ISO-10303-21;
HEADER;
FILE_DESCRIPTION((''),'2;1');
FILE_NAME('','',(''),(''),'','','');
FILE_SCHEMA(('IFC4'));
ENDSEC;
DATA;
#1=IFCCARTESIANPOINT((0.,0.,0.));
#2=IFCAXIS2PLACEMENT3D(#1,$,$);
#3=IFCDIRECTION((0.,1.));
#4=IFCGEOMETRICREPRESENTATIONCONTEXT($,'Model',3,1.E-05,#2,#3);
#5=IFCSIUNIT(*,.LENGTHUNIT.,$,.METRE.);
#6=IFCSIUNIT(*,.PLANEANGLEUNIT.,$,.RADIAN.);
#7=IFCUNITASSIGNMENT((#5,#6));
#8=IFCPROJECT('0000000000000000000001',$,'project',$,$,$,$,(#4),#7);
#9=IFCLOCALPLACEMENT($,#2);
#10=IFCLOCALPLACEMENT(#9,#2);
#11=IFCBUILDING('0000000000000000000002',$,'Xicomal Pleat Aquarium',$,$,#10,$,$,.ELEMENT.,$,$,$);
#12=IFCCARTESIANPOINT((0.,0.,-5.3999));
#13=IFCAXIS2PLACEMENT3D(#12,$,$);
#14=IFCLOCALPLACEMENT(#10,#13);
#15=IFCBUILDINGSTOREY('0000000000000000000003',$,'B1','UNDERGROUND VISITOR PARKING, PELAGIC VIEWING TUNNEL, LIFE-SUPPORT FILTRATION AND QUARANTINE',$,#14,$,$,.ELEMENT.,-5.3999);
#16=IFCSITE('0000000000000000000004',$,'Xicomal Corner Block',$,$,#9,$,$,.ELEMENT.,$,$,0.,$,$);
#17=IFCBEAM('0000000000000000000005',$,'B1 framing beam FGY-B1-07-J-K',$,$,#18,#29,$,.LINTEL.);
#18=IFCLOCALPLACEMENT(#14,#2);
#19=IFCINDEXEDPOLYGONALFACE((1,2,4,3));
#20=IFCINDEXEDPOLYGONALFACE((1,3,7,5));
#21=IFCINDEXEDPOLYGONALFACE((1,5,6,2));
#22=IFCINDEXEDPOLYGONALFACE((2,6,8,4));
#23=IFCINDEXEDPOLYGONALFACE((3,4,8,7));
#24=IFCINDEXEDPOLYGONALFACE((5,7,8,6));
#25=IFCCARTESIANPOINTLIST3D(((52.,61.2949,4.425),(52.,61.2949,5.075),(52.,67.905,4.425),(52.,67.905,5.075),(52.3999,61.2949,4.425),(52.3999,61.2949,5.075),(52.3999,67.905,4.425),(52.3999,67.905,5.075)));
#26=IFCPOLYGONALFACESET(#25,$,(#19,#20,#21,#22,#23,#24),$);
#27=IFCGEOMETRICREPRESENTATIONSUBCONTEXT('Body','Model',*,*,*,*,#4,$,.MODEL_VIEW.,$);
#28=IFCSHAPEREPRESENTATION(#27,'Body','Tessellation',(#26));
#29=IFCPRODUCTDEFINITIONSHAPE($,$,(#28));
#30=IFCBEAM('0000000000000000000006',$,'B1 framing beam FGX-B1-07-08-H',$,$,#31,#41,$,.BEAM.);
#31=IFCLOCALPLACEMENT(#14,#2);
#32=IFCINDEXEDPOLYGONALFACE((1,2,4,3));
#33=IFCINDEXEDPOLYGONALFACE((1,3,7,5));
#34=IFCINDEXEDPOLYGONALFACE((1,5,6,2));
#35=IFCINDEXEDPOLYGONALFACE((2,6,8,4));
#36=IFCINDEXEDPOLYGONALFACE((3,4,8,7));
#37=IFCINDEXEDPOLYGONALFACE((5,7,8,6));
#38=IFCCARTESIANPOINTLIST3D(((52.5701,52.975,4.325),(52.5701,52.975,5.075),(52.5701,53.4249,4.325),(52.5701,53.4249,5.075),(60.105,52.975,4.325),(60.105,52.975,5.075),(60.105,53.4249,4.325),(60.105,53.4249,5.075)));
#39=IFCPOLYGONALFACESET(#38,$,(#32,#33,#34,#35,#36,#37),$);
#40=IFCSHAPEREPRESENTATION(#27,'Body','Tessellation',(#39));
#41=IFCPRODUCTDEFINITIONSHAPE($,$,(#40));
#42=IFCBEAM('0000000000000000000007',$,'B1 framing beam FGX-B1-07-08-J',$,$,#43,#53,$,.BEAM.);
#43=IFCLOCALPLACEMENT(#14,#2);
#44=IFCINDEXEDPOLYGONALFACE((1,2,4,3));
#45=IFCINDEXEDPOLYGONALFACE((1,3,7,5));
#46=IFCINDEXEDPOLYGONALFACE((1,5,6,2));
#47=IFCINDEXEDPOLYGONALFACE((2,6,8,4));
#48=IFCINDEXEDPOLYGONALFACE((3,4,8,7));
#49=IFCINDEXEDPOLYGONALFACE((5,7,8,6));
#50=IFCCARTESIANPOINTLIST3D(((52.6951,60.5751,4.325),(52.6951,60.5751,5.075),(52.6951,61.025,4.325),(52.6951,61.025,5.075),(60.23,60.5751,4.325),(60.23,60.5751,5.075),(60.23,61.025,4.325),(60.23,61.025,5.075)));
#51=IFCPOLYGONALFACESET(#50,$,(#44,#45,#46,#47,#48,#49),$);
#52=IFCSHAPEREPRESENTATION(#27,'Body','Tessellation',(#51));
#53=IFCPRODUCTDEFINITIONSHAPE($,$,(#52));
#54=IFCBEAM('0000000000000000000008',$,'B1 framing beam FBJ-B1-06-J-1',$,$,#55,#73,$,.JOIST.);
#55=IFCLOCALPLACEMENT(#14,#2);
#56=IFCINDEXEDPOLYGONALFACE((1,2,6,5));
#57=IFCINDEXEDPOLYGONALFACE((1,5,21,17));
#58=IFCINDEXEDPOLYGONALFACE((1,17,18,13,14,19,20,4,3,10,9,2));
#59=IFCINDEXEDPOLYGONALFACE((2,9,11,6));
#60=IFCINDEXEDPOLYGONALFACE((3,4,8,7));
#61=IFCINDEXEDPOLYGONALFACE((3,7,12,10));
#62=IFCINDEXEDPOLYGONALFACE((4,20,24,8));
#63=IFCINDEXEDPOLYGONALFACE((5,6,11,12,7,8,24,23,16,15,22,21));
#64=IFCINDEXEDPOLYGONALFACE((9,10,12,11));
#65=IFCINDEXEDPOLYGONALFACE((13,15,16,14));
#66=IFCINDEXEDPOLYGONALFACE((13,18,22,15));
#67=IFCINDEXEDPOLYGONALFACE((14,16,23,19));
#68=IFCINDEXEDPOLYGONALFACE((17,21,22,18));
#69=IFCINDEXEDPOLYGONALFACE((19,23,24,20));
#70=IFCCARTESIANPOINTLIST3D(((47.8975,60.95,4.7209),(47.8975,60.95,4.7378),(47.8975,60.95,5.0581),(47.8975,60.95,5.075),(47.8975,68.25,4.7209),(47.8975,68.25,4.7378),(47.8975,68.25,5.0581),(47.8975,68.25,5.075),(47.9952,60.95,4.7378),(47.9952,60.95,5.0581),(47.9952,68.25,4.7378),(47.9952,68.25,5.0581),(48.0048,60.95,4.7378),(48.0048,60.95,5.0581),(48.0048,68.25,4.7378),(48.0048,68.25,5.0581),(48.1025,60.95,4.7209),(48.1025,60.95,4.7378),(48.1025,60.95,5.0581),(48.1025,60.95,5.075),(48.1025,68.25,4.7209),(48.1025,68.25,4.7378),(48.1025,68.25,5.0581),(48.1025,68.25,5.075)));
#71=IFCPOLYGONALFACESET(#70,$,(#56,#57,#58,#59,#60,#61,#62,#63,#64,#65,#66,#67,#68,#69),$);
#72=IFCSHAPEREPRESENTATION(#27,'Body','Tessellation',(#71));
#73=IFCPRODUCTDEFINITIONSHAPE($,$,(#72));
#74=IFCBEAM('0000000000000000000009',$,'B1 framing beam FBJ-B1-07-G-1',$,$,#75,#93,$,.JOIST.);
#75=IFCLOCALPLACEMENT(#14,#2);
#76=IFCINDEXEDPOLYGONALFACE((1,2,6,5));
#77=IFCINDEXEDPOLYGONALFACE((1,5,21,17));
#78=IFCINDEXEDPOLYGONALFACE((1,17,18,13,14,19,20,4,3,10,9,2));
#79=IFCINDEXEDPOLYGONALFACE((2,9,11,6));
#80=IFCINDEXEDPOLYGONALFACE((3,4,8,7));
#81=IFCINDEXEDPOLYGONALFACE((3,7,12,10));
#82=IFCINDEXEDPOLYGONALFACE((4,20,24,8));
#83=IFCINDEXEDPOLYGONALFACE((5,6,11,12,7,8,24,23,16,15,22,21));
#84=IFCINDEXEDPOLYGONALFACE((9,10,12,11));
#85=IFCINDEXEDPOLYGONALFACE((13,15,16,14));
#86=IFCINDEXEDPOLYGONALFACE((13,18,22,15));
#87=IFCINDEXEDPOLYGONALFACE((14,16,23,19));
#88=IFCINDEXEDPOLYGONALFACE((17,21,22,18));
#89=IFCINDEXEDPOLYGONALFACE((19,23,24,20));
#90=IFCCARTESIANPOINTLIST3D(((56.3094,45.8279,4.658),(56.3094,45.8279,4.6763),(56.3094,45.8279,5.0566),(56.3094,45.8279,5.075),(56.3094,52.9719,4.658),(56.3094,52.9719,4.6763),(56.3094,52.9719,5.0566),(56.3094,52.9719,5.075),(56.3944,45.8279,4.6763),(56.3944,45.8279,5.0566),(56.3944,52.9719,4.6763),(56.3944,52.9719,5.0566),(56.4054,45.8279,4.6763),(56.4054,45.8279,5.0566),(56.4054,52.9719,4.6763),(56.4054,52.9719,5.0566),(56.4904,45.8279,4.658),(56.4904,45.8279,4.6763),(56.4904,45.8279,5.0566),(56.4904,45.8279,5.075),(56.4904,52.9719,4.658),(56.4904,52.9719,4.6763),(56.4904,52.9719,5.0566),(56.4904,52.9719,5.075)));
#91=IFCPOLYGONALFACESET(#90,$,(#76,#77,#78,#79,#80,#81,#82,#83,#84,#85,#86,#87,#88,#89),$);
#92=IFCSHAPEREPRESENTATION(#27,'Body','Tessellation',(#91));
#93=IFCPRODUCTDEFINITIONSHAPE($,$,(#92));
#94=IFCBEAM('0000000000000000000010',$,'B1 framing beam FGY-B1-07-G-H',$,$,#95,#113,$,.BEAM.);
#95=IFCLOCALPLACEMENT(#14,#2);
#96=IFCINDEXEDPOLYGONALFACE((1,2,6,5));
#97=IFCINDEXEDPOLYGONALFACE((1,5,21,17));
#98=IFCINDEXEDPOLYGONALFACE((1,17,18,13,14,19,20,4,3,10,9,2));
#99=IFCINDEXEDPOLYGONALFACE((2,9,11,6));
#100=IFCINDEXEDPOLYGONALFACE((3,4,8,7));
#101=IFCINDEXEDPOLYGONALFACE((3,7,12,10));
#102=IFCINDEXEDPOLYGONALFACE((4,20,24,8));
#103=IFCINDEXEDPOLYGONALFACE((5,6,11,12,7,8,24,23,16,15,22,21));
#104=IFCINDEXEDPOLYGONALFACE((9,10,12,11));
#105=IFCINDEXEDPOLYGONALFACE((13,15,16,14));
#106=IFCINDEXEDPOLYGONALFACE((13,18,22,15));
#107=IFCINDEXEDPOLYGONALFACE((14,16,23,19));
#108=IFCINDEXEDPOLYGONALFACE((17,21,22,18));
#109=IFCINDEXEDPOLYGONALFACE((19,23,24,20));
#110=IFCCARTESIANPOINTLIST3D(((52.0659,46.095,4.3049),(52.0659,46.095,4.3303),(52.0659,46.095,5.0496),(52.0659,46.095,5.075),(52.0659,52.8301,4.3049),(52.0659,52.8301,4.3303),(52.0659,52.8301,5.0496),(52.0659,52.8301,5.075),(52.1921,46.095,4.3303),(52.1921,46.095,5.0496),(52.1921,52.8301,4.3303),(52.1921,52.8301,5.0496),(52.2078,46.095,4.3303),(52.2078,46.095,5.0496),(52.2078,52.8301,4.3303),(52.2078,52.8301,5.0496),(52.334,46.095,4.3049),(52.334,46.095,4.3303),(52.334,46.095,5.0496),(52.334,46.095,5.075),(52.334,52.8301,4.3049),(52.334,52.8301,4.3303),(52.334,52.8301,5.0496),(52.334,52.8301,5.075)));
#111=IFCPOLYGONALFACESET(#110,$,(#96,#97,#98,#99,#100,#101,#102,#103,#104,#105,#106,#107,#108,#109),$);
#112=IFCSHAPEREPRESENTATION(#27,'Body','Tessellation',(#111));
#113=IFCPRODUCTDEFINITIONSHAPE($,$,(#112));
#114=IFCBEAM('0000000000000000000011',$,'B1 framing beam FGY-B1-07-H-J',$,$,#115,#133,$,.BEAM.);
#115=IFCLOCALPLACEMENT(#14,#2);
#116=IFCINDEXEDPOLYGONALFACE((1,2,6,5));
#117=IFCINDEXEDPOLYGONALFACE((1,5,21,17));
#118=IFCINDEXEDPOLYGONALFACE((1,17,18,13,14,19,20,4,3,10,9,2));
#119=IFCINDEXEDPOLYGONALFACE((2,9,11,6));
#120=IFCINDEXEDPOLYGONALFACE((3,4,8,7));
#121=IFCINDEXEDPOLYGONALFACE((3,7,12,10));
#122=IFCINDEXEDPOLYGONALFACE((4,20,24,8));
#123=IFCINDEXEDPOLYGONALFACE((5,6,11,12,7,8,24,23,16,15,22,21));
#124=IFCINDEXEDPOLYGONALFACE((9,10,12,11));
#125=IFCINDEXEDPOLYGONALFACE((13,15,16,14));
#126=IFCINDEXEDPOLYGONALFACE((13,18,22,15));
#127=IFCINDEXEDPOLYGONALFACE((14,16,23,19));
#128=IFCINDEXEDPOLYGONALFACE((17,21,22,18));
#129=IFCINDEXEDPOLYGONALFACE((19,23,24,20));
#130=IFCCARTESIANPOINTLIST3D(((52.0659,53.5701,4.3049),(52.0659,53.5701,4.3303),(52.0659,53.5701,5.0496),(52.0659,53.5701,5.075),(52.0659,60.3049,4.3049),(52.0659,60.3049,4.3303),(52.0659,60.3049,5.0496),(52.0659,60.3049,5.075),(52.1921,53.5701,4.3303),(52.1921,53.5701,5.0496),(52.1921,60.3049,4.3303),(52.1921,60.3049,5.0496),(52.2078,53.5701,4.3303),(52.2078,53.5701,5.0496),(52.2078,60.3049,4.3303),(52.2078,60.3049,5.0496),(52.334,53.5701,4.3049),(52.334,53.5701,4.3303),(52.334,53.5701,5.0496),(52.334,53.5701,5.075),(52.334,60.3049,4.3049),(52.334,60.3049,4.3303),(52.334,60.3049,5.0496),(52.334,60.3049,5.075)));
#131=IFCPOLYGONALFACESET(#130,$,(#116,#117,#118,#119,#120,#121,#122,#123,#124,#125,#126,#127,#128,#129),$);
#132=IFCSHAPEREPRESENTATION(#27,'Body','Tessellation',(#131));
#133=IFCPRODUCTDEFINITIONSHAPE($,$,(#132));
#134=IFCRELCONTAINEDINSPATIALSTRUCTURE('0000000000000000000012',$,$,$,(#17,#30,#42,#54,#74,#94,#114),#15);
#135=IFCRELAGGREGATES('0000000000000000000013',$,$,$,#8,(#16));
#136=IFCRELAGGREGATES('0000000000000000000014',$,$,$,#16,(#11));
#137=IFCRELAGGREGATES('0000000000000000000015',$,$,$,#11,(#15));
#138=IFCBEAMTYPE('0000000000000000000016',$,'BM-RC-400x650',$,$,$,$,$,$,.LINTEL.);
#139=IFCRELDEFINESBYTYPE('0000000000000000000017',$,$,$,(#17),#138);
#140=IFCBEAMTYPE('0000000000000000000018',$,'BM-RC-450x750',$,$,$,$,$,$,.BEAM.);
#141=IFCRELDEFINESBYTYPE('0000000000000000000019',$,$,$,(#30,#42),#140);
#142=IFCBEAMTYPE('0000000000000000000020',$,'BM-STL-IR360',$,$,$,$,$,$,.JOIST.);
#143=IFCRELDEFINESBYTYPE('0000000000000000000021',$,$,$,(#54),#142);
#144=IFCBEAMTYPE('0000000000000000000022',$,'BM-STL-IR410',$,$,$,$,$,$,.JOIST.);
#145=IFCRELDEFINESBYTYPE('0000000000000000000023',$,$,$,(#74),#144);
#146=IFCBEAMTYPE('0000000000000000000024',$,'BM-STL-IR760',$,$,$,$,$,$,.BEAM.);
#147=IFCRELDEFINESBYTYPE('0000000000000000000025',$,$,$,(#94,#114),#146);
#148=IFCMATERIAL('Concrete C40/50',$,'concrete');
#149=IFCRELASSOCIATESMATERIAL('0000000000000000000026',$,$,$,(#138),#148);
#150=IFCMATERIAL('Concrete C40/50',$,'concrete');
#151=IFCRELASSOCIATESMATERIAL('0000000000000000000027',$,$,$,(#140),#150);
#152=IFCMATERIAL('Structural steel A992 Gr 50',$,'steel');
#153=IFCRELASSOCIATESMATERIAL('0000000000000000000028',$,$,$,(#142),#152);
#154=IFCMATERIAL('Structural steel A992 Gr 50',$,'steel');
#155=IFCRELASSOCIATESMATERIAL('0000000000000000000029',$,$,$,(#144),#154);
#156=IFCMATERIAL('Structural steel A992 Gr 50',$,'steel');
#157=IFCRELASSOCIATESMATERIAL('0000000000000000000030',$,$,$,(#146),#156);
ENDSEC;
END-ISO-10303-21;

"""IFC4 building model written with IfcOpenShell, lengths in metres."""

from ifc_helpers import new_model, si_unit, direction, frame, origin, origin_2d, place, context, subcontext, project, spatial, rectangle, i_section, extrude, material, material_profile, profile_set, type_object, element, save


model = new_model("IFC4")

# Units and contexts
model_context = context("Model", 3, precision=1e-05, world=origin(), true_north=direction((0.0, 1.0)))
body_context = subcontext(model_context, "Body", "Model", "MODEL_VIEW")
ifc_project = project(units=[si_unit("LENGTHUNIT", "METRE"), si_unit("PLANEANGLEUNIT", "RADIAN")], contexts=[model_context])

# Site, building, storey
site_placement = place(None, origin())
site = spatial("IfcSite", under=ifc_project, at=site_placement, Name="Xicomal Corner Block", CompositionType="ELEMENT", RefElevation=0.0)
building_placement = place(site_placement, origin())
building = spatial("IfcBuilding", under=site, at=building_placement, Name="Xicomal Pleat Aquarium", CompositionType="ELEMENT")
storey_placement = place(building_placement, frame((0.0, 0.0, -5.3999)))
storey = spatial("IfcBuildingStorey", under=building, at=storey_placement, Name="B1", Description="UNDERGROUND VISITOR PARKING, PELAGIC VIEWING TUNNEL, LIFE-SUPPORT FILTRATION AND QUARANTINE", CompositionType="ELEMENT", Elevation=-5.3999)

# Beams
ifc_material_1 = material(Name="Concrete C40/50", Category="concrete")
ifc_material_profile_1 = material_profile(ifc_material_1, rectangle(XDim=0.3999, YDim=0.6499, at=origin_2d()), Name="RC 400x650")
ifc_profile_set_1 = profile_set([ifc_material_profile_1], Name="Concrete C40/50")
beam_type_1 = type_object("IfcBeamType", Name="BM-RC-400x650", PredefinedType="LINTEL", material=ifc_profile_set_1)
beam_1_placement = place(storey_placement, frame((52.2, 61.2949, 4.75), z_axis=(0.0, 1.0, 0.0), x_axis=(-1.0, 0.0, 0.0)))
element("IfcBeam", 1, at=beam_1_placement, inside=storey, type_object=beam_type_1, Name="B1 framing beam FGY-B1-07-J-K", PredefinedType="LINTEL", context=body_context, shape_type="SweptSolid", body=[
    extrude(rectangle(XDim=0.3999, YDim=0.6499, at=origin_2d()), origin(), (0.0, 0.0, 1.0), 6.6101),
])
ifc_material_2 = material(Name="Concrete C40/50", Category="concrete")
ifc_material_profile_2 = material_profile(ifc_material_2, rectangle(XDim=0.45, YDim=0.75, at=origin_2d()), Name="RC 450x750")
ifc_profile_set_2 = profile_set([ifc_material_profile_2], Name="Concrete C40/50")
beam_type_2 = type_object("IfcBeamType", Name="BM-RC-450x750", PredefinedType="BEAM", material=ifc_profile_set_2)
for number, where, z_axis, x_axis, name in (
    (2, (52.5701, 53.2, 4.7), (1.0, 0.0, 0.0), (0.0, 1.0, 0.0), "B1 framing beam FGX-B1-07-08-H"),
    (3, (52.6951, 60.8, 4.7), (1.0, 0.0, 0.0), (0.0, 1.0, 0.0), "B1 framing beam FGX-B1-07-08-J"),
):
    element("IfcBeam", number, at=place(storey_placement, frame(where, z_axis=z_axis, x_axis=x_axis)), inside=storey, type_object=beam_type_2, Name=name, PredefinedType="BEAM", context=body_context, shape_type="SweptSolid", body=[
        extrude(rectangle(XDim=0.45, YDim=0.75, at=origin_2d()), origin(), (0.0, 0.0, 1.0), 7.5349),
    ])
ifc_material_3 = material(Name="Structural steel A992 Gr 50", Category="steel")
ifc_material_profile_3 = material_profile(ifc_material_3, i_section(OverallWidth=0.2051, OverallDepth=0.354, WebThickness=0.0095, FlangeThickness=0.0168, at=origin_2d()), Name="IR 360x79")
ifc_profile_set_3 = profile_set([ifc_material_profile_3], Name="Structural steel A992 Gr 50")
beam_type_3 = type_object("IfcBeamType", Name="BM-STL-IR360", PredefinedType="JOIST", material=ifc_profile_set_3)
beam_2_placement = place(storey_placement, frame((48.0, 60.95, 4.8979), z_axis=(0.0, 1.0, 0.0), x_axis=(-1.0, 0.0, 0.0)))
element("IfcBeam", 4, at=beam_2_placement, inside=storey, type_object=beam_type_3, Name="B1 framing beam FBJ-B1-06-J-1", PredefinedType="JOIST", context=body_context, shape_type="SweptSolid", body=[
    extrude(i_section(OverallWidth=0.2051, OverallDepth=0.354, WebThickness=0.0095, FlangeThickness=0.0168, at=origin_2d()), origin(), (0.0, 0.0, 1.0), 7.3),
])
ifc_material_4 = material(Name="Structural steel A992 Gr 50", Category="steel")
ifc_material_profile_4 = material_profile(ifc_material_4, i_section(OverallWidth=0.1809, OverallDepth=0.417, WebThickness=0.011, FlangeThickness=0.0183, at=origin_2d()), Name="IR 410x85")
ifc_profile_set_4 = profile_set([ifc_material_profile_4], Name="Structural steel A992 Gr 50")
beam_type_4 = type_object("IfcBeamType", Name="BM-STL-IR410", PredefinedType="JOIST", material=ifc_profile_set_4)
beam_3_placement = place(storey_placement, frame((56.3999, 45.8279, 4.8665), z_axis=(0.0, 1.0, 0.0), x_axis=(-1.0, 0.0, 0.0)))
element("IfcBeam", 5, at=beam_3_placement, inside=storey, type_object=beam_type_4, Name="B1 framing beam FBJ-B1-07-G-1", PredefinedType="JOIST", context=body_context, shape_type="SweptSolid", body=[
    extrude(i_section(OverallWidth=0.1809, OverallDepth=0.417, WebThickness=0.011, FlangeThickness=0.0183, at=origin_2d()), origin(), (0.0, 0.0, 1.0), 7.144),
])
ifc_material_5 = material(Name="Structural steel A992 Gr 50", Category="steel")
ifc_material_profile_5 = material_profile(ifc_material_5, i_section(OverallWidth=0.2681, OverallDepth=0.77, WebThickness=0.0156, FlangeThickness=0.0254, at=origin_2d()), Name="IR 760x196")
ifc_profile_set_5 = profile_set([ifc_material_profile_5], Name="Structural steel A992 Gr 50")
beam_type_5 = type_object("IfcBeamType", Name="BM-STL-IR760", PredefinedType="BEAM", material=ifc_profile_set_5)
beam_4_placement = place(storey_placement, frame((52.2, 46.095, 4.6899), z_axis=(0.0, 1.0, 0.0), x_axis=(-1.0, 0.0, 0.0)))
element("IfcBeam", 6, at=beam_4_placement, inside=storey, type_object=beam_type_5, Name="B1 framing beam FGY-B1-07-G-H", PredefinedType="BEAM", context=body_context, shape_type="SweptSolid", body=[
    extrude(i_section(OverallWidth=0.2681, OverallDepth=0.77, WebThickness=0.0156, FlangeThickness=0.0254, at=origin_2d()), origin(), (0.0, 0.0, 1.0), 6.7351),
])
beam_5_placement = place(storey_placement, frame((52.2, 53.5701, 4.6899), z_axis=(0.0, 1.0, 0.0), x_axis=(-1.0, 0.0, 0.0)))
element("IfcBeam", 7, at=beam_5_placement, inside=storey, type_object=beam_type_5, Name="B1 framing beam FGY-B1-07-H-J", PredefinedType="BEAM", context=body_context, shape_type="SweptSolid", body=[
    extrude(i_section(OverallWidth=0.2681, OverallDepth=0.77, WebThickness=0.0156, FlangeThickness=0.0254, at=origin_2d()), origin(), (0.0, 0.0, 1.0), 6.7349),
])

save(model, "model.ifc")
